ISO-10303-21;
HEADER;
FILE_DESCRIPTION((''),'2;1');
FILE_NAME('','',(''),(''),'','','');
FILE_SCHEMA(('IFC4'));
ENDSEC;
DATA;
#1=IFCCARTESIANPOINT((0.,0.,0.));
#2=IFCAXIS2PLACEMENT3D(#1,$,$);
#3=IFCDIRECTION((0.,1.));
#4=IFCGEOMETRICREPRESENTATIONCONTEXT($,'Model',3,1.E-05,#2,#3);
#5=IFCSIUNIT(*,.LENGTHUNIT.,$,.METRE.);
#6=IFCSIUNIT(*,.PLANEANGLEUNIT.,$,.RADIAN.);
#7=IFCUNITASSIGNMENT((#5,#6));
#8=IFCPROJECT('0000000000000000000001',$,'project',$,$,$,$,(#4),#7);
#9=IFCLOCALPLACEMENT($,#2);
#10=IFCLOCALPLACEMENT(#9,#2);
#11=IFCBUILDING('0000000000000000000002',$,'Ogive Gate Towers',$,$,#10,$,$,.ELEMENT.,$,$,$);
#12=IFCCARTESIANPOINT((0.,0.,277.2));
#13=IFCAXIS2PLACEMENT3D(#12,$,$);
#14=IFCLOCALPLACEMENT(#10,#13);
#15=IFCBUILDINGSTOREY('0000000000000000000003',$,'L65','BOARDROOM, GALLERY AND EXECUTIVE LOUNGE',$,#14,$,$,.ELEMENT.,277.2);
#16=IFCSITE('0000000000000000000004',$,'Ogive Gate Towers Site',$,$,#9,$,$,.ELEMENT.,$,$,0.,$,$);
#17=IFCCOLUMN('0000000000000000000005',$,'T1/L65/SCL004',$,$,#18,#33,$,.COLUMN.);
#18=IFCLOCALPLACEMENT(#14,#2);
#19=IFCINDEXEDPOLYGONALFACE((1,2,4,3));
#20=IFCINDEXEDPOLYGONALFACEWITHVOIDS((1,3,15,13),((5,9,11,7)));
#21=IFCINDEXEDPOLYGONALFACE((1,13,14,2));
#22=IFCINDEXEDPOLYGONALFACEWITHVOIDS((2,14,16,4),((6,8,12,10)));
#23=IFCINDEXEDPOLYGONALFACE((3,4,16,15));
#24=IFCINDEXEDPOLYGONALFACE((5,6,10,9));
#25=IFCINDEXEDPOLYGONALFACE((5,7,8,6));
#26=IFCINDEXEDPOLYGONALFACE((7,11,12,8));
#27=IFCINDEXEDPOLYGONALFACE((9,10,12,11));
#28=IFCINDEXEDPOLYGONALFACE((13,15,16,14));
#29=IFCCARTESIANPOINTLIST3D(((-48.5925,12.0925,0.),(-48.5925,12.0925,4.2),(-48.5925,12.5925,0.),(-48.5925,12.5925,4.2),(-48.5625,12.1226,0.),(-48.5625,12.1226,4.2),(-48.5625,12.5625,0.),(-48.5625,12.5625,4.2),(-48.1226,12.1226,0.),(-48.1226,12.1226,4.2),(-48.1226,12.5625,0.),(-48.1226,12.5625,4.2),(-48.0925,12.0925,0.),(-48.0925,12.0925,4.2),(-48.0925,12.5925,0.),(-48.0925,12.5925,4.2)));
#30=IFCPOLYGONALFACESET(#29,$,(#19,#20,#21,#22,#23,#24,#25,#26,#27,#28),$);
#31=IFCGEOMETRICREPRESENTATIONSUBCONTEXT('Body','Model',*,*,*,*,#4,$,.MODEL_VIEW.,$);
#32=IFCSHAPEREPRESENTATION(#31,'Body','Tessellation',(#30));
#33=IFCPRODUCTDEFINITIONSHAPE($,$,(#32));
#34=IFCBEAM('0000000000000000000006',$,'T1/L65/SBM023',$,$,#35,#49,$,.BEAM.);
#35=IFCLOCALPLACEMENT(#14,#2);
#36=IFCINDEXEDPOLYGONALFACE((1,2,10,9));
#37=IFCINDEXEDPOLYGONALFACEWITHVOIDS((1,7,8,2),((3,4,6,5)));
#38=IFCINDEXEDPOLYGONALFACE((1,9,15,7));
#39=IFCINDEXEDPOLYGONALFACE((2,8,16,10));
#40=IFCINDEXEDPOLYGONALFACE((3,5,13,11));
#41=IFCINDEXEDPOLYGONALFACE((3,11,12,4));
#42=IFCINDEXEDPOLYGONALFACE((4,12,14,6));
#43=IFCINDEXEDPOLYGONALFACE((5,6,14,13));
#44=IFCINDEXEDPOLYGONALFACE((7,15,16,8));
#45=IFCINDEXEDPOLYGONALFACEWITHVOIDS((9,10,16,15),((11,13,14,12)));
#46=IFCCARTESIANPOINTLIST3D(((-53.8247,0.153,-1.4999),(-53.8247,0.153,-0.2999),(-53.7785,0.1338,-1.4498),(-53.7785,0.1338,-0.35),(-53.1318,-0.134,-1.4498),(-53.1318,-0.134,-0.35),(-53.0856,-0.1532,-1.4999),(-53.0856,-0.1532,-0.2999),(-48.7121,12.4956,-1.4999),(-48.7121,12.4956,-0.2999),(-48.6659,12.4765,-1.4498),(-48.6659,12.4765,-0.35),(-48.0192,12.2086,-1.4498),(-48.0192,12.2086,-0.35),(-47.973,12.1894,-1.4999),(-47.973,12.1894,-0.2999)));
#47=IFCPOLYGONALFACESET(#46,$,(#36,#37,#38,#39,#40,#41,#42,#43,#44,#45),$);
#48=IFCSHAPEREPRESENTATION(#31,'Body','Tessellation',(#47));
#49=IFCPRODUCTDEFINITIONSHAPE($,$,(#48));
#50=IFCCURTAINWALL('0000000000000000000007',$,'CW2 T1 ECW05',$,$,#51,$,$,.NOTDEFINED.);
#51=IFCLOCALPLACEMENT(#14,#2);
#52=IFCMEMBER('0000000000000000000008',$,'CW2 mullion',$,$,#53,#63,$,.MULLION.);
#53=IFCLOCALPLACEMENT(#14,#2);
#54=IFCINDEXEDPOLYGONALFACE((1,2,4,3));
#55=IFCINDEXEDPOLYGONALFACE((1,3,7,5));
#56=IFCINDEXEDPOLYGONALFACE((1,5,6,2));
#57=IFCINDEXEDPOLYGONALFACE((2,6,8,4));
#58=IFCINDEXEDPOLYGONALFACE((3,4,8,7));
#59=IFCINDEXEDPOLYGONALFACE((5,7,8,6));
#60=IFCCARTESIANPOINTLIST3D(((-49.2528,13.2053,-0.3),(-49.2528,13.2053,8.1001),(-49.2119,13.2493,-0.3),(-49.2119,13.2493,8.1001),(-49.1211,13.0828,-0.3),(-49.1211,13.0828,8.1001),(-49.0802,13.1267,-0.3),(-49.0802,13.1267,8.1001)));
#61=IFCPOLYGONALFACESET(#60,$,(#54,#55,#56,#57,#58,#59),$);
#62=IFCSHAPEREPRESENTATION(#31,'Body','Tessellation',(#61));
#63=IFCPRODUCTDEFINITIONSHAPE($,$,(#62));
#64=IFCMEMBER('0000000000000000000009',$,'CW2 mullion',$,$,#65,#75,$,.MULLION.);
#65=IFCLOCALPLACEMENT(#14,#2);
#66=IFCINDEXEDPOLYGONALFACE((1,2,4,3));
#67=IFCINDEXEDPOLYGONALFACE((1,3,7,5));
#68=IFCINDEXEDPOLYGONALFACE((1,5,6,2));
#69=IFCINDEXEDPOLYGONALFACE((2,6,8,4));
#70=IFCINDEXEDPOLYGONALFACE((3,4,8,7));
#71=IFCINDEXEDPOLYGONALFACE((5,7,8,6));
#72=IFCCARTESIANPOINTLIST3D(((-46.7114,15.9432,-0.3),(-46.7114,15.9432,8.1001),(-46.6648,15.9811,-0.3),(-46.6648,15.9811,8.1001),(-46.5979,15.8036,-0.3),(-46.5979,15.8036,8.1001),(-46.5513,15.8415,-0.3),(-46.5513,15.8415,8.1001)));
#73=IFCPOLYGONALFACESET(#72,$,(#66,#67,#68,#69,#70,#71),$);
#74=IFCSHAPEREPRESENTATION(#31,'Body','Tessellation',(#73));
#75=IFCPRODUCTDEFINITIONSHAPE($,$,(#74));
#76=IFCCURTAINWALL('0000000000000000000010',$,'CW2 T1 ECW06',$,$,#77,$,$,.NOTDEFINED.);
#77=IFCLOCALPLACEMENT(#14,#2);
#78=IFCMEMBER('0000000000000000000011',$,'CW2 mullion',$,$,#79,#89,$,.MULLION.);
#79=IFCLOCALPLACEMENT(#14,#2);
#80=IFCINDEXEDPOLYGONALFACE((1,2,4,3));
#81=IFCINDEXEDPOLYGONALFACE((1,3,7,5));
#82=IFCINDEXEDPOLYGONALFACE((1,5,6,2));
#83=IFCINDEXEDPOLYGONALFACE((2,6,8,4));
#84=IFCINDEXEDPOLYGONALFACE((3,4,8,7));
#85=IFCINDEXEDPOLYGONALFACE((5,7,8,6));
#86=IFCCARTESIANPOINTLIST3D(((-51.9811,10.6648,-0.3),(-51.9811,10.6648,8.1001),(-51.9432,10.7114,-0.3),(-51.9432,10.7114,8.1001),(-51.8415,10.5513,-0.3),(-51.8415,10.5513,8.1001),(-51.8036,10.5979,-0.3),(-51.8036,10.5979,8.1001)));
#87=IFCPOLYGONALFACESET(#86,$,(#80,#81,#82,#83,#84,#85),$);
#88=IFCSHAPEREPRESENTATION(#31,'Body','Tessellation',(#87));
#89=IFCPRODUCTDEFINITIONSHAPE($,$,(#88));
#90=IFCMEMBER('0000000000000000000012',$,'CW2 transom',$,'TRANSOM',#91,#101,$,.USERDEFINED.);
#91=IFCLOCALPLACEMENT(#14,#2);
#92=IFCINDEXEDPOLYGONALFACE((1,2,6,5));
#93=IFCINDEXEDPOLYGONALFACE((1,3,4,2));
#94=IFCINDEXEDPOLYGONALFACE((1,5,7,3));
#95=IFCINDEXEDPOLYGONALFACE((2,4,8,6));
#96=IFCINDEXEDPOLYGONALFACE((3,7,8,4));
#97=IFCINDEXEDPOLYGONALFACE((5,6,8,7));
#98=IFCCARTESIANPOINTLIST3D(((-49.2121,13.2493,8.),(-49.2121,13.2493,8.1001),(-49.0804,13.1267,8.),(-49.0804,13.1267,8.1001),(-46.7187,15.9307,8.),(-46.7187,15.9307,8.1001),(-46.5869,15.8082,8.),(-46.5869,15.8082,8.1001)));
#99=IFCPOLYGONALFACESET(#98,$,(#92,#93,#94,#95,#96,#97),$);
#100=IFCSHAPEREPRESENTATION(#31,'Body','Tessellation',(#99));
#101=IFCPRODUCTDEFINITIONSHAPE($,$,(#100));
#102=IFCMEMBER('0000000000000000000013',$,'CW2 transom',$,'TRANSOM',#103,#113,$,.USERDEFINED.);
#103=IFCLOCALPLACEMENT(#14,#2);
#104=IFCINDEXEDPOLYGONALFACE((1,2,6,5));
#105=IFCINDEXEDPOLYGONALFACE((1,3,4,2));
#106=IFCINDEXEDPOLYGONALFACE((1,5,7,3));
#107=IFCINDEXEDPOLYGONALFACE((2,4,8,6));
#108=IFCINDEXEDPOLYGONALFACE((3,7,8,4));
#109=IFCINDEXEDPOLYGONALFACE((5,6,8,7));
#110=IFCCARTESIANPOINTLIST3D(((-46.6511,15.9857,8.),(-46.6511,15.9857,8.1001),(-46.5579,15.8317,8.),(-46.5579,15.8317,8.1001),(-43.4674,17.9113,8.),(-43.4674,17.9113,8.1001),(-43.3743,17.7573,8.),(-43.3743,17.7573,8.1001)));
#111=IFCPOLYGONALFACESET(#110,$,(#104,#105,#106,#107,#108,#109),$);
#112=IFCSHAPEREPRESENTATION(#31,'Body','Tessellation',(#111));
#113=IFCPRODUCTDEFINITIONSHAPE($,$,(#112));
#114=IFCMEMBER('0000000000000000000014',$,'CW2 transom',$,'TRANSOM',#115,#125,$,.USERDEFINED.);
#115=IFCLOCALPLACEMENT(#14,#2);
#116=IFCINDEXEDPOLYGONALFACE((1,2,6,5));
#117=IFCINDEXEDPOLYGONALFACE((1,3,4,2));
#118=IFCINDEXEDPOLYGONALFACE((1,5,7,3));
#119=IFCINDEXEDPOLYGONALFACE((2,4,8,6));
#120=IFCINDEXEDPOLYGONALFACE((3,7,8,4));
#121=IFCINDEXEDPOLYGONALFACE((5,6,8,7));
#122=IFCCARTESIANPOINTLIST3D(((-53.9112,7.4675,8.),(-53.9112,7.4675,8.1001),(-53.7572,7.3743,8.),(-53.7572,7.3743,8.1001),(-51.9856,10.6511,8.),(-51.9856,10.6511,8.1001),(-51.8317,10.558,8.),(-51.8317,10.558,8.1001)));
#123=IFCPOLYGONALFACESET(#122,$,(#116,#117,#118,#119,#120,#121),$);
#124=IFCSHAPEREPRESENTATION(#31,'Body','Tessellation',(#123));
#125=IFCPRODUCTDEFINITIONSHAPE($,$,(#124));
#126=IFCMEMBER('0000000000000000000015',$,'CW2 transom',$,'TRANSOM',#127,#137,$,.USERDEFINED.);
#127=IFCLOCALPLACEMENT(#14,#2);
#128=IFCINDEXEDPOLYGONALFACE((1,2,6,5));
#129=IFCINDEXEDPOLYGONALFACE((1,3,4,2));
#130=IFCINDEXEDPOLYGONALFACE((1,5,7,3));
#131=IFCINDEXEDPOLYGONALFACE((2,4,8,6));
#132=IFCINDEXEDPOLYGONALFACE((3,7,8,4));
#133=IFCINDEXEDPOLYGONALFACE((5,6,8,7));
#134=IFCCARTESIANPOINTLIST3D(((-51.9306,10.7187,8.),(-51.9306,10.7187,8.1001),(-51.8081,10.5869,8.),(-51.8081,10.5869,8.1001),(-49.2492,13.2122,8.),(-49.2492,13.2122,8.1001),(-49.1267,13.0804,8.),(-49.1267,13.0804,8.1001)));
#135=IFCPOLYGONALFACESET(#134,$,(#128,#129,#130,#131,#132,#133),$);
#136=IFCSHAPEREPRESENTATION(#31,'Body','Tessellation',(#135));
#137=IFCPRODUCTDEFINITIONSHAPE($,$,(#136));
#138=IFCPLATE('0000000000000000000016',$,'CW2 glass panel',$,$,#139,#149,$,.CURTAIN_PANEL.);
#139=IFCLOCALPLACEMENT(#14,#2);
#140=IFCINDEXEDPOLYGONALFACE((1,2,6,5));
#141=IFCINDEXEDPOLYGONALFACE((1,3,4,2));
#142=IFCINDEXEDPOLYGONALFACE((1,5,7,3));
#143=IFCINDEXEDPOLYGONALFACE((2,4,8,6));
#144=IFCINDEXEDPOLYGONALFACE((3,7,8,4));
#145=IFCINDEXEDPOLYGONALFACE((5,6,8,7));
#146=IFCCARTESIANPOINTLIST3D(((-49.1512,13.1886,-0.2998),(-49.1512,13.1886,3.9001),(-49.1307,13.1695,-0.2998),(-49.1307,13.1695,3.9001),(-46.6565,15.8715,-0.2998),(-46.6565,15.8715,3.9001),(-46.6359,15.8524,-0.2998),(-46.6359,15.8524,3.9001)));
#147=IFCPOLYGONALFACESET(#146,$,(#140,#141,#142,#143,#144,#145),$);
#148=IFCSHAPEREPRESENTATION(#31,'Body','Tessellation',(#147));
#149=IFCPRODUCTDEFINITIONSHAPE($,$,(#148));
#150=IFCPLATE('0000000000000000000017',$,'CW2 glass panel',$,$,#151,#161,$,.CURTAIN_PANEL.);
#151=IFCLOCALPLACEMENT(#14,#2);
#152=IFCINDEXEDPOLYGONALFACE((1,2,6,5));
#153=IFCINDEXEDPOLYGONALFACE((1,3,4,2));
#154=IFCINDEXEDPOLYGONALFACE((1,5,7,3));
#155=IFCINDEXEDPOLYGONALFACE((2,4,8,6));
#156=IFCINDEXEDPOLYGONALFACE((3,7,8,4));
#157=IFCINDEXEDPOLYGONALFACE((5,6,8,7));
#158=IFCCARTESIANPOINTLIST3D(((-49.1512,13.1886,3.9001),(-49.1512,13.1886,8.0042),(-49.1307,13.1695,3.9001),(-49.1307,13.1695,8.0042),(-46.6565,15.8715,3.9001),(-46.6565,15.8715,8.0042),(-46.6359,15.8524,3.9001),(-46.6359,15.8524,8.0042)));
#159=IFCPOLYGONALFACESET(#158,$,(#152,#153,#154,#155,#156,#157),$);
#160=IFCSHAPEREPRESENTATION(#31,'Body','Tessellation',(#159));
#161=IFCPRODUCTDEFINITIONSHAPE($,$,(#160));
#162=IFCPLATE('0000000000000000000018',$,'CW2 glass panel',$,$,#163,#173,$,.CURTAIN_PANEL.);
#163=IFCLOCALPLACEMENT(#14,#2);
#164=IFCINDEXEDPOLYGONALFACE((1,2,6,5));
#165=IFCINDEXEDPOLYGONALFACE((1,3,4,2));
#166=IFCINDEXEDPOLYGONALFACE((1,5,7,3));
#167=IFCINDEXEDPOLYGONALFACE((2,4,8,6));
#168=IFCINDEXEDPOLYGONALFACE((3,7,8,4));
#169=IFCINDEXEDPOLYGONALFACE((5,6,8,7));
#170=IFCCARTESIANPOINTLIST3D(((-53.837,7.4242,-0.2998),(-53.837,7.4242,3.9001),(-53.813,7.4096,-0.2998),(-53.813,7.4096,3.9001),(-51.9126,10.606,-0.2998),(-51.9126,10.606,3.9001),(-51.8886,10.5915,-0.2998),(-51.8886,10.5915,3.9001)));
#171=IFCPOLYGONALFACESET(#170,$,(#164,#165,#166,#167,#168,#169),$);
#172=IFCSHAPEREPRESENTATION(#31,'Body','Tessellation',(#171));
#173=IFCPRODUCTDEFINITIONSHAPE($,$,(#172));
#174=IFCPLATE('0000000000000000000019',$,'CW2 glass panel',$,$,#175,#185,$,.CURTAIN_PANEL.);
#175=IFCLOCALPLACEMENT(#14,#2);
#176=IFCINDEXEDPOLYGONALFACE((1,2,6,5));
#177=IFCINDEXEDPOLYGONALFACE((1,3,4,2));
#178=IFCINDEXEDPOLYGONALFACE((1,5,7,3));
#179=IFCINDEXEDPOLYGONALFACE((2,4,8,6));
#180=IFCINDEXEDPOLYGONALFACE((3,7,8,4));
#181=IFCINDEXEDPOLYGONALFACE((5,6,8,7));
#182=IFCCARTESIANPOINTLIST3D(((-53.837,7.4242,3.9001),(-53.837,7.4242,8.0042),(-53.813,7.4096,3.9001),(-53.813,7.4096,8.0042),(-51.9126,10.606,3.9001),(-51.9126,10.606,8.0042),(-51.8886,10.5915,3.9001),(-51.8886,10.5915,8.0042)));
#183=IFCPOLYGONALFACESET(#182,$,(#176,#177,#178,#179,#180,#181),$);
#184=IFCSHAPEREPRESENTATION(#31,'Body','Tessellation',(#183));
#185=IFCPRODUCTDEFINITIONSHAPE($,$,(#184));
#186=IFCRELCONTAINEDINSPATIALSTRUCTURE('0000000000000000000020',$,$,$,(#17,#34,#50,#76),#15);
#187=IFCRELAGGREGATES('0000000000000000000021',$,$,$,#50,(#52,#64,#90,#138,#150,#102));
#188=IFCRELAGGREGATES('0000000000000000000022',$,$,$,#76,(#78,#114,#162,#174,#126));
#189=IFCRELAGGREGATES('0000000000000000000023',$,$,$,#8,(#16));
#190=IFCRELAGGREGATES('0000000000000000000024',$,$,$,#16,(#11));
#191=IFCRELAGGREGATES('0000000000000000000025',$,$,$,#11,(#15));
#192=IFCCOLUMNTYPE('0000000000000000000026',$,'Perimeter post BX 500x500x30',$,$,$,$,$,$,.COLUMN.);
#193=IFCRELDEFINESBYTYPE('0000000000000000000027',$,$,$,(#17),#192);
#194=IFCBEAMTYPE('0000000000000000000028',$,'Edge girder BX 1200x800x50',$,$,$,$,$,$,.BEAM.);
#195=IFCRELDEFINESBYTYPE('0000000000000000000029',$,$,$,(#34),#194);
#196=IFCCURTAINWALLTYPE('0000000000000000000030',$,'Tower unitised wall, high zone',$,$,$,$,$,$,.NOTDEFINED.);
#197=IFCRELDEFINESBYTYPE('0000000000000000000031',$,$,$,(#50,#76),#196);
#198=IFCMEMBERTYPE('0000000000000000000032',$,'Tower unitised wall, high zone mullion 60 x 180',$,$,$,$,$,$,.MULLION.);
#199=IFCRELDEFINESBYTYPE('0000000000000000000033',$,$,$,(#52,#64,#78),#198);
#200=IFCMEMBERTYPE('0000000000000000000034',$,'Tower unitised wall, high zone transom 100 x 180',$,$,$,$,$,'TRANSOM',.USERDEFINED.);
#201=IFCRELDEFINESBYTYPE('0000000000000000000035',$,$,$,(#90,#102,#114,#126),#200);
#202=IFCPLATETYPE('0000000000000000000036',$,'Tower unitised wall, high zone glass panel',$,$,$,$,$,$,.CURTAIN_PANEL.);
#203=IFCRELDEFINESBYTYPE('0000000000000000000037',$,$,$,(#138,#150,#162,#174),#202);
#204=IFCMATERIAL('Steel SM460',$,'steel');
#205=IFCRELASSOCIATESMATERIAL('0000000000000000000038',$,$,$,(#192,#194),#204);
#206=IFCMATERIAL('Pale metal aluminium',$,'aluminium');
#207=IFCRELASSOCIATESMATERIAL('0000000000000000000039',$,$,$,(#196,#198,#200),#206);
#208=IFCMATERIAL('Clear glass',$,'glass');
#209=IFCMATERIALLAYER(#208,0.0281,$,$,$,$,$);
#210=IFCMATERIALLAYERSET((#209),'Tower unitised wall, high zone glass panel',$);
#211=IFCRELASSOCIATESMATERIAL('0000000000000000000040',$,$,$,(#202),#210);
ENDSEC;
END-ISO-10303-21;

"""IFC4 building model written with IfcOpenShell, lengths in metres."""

from ifc_helpers import new_model, si_unit, direction, frame, origin, origin_2d, place, context, subcontext, project, spatial, rectangle, hollow_rectangle, extrude, material, layer, layer_set, material_profile, profile_set, type_object, element, aggregate, save


model = new_model("IFC4")

# Units and contexts
model_context = context("Model", 3, precision=1e-05, world=origin(), true_north=direction((0.0, 1.0)))
body_context = subcontext(model_context, "Body", "Model", "MODEL_VIEW")
ifc_project = project(units=[si_unit("LENGTHUNIT", "METRE"), si_unit("PLANEANGLEUNIT", "RADIAN")], contexts=[model_context])

# Site, building, storey
site_placement = place(None, origin())
site = spatial("IfcSite", under=ifc_project, at=site_placement, Name="Ogive Gate Towers Site", CompositionType="ELEMENT", RefElevation=0.0)
building_placement = place(site_placement, origin())
building = spatial("IfcBuilding", under=site, at=building_placement, Name="Ogive Gate Towers", CompositionType="ELEMENT")
storey_placement = place(building_placement, frame((0.0, 0.0, 277.2)))
storey = spatial("IfcBuildingStorey", under=building, at=storey_placement, Name="L65", Description="BOARDROOM, GALLERY AND EXECUTIVE LOUNGE", CompositionType="ELEMENT", Elevation=277.2)

# Column
ifc_material_1 = material(Name="Steel SM460", Category="steel")
ifc_material_profile_1 = material_profile(ifc_material_1, hollow_rectangle(XDim=0.5, YDim=0.5, WallThickness=0.03, at=origin_2d()), Name="BX 500x500x30")
ifc_profile_set_1 = profile_set([ifc_material_profile_1], Name="Steel SM460")
column_type = type_object("IfcColumnType", Name="Perimeter post BX 500x500x30", PredefinedType="COLUMN", material=ifc_profile_set_1)
column_placement = place(storey_placement, frame((-48.3425, 12.3425, 0.0), z_axis=(0.0, 0.0, 1.0), x_axis=(1.0, 0.0, 0.0)))
element("IfcColumn", 1, at=column_placement, inside=storey, type_object=column_type, Name="T1/L65/SCL004", PredefinedType="COLUMN", context=body_context, shape_type="SweptSolid", body=[
    extrude(hollow_rectangle(XDim=0.5, YDim=0.5, WallThickness=0.03, at=origin_2d()), origin(), (0.0, 0.0, 1.0), 4.2),
])

# Beam
ifc_material_profile_2 = material_profile(ifc_material_1, hollow_rectangle(XDim=0.8, YDim=1.2, WallThickness=0.05, at=origin_2d()), Name="BX 1200x800x50")
ifc_profile_set_2 = profile_set([ifc_material_profile_2], Name="Steel SM460")
beam_type = type_object("IfcBeamType", Name="Edge girder BX 1200x800x50", PredefinedType="BEAM", material=ifc_profile_set_2)
beam_placement = place(storey_placement, frame((-48.3425, 12.3425, -0.8999), z_axis=(-0.38269, -0.923877, 0.0), x_axis=(0.923877, -0.38269, 0.0)))
element("IfcBeam", 2, at=beam_placement, inside=storey, type_object=beam_type, Name="T1/L65/SBM023", PredefinedType="BEAM", context=body_context, shape_type="SweptSolid", body=[
    extrude(hollow_rectangle(XDim=0.8, YDim=1.2, WallThickness=0.05, at=origin_2d()), origin(), (0.0, 0.0, 1.0), 13.3596),
])

# Curtain wall, members
ifc_material_2 = material(Name="Pale metal aluminium", Category="aluminium")
curtain_wall_type = type_object("IfcCurtainWallType", Name="Tower unitised wall, high zone", PredefinedType="NOTDEFINED", material=ifc_material_2)
curtain_wall_1_placement = place(storey_placement, origin())
curtain_wall_1 = element("IfcCurtainWall", 3, at=curtain_wall_1_placement, inside=storey, type_object=curtain_wall_type, Name="CW2 T1 ECW05", PredefinedType="NOTDEFINED")
ifc_material_profile_3 = material_profile(ifc_material_2, rectangle(XDim=0.1799, YDim=0.0601, at=origin_2d()), Name="60 x 180 aluminium box")
ifc_profile_set_3 = profile_set([ifc_material_profile_3], Name="Pale metal aluminium")
member_type_1 = type_object("IfcMemberType", Name="Tower unitised wall, high zone mullion 60 x 180", PredefinedType="MULLION", material=ifc_profile_set_3)
member_1_placement = place(storey_placement, frame((-49.1665, 13.166, -0.3), z_axis=(0.0, 0.0, 1.0), x_axis=(0.732317, -0.680964, 0.0)))
member_1 = element("IfcMember", 4, at=member_1_placement, type_object=member_type_1, Name="CW2 mullion", PredefinedType="MULLION", context=body_context, shape_type="SweptSolid", body=[
    extrude(rectangle(XDim=0.1799, YDim=0.0601, at=origin_2d()), origin(), (0.0, 0.0, 1.0), 8.4001),
])
member_2_placement = place(storey_placement, frame((-46.6313, 15.8923, -0.3), z_axis=(0.0, 0.0, 1.0), x_axis=(0.631001, -0.775782, 0.0)))
member_2 = element("IfcMember", 5, at=member_2_placement, type_object=member_type_1, Name="CW2 mullion", PredefinedType="MULLION", context=body_context, shape_type="SweptSolid", body=[
    extrude(rectangle(XDim=0.1799, YDim=0.0601, at=origin_2d()), origin(), (0.0, 0.0, 1.0), 8.4001),
])

# Curtain wall, member
curtain_wall_2_placement = place(storey_placement, origin())
curtain_wall_2 = element("IfcCurtainWall", 6, at=curtain_wall_2_placement, inside=storey, type_object=curtain_wall_type, Name="CW2 T1 ECW06", PredefinedType="NOTDEFINED")
member_3_placement = place(storey_placement, frame((-51.8923, 10.6313, -0.3), z_axis=(0.0, 0.0, 1.0), x_axis=(0.775782, -0.631001, 0.0)))
member_3 = element("IfcMember", 7, at=member_3_placement, type_object=member_type_1, Name="CW2 mullion", PredefinedType="MULLION", context=body_context, shape_type="SweptSolid", body=[
    extrude(rectangle(XDim=0.1799, YDim=0.0601, at=origin_2d()), origin(), (0.0, 0.0, 1.0), 8.4001),
])

# Members
ifc_material_profile_4 = material_profile(ifc_material_2, rectangle(XDim=0.1799, YDim=0.1001, at=origin_2d()), Name="100 x 180 aluminium box")
ifc_profile_set_4 = profile_set([ifc_material_profile_4], Name="Pale metal aluminium")
member_type_2 = type_object("IfcMemberType", Name="Tower unitised wall, high zone transom 100 x 180", ElementType="TRANSOM", PredefinedType="USERDEFINED", material=ifc_profile_set_4)
member_4_placement = place(storey_placement, frame((-49.1462, 13.188, 8.05), z_axis=(0.68097, 0.732311, 0.0), x_axis=(-0.732311, 0.68097, 0.0)))
member_4 = element("IfcMember", 8, at=member_4_placement, type_object=member_type_2, Name="CW2 transom", ObjectType="TRANSOM", PredefinedType="USERDEFINED", context=body_context, shape_type="SweptSolid", body=[
    extrude(rectangle(XDim=0.1799, YDim=0.1001, at=origin_2d()), origin(), (0.0, 0.0, 1.0), 3.6616),
])
member_5_placement = place(storey_placement, frame((-46.6045, 15.9087, 8.05), z_axis=(0.855664, 0.517532, 0.0), x_axis=(-0.517532, 0.855664, 0.0)))
member_5 = element("IfcMember", 9, at=member_5_placement, type_object=member_type_2, Name="CW2 transom", ObjectType="TRANSOM", PredefinedType="USERDEFINED", context=body_context, shape_type="SweptSolid", body=[
    extrude(rectangle(XDim=0.1799, YDim=0.1001, at=origin_2d()), origin(), (0.0, 0.0, 1.0), 3.7207),
])
member_6_placement = place(storey_placement, frame((-53.8342, 7.4209, 8.05), z_axis=(0.517532, 0.855664, 0.0), x_axis=(-0.855664, 0.517532, 0.0)))
member_6 = element("IfcMember", 10, at=member_6_placement, type_object=member_type_2, Name="CW2 transom", ObjectType="TRANSOM", PredefinedType="USERDEFINED", context=body_context, shape_type="SweptSolid", body=[
    extrude(rectangle(XDim=0.1799, YDim=0.1001, at=origin_2d()), origin(), (0.0, 0.0, 1.0), 3.7207),
])
member_7_placement = place(storey_placement, frame((-51.8694, 10.6528, 8.05), z_axis=(0.732311, 0.68097, 0.0), x_axis=(-0.68097, 0.732311, 0.0)))
member_7 = element("IfcMember", 11, at=member_7_placement, type_object=member_type_2, Name="CW2 transom", ObjectType="TRANSOM", PredefinedType="USERDEFINED", context=body_context, shape_type="SweptSolid", body=[
    extrude(rectangle(XDim=0.1799, YDim=0.1001, at=origin_2d()), origin(), (0.0, 0.0, 1.0), 3.6616),
])

# Plates
ifc_material_3 = material(Name="Clear glass", Category="glass")
ifc_layer_1 = layer(ifc_material_3, 0.0281)
ifc_layer_set_1 = layer_set([ifc_layer_1], Name="Tower unitised wall, high zone glass panel")
plate_type = type_object("IfcPlateType", Name="Tower unitised wall, high zone glass panel", PredefinedType="CURTAIN_PANEL", material=ifc_layer_set_1)
plate_1_placement = place(storey_placement, frame((-47.8936, 14.5205, -0.2998), z_axis=(0.0, 0.0, 1.0), x_axis=(0.680964, 0.732317, 0.0)))
plate_1 = element("IfcPlate", 12, at=plate_1_placement, type_object=plate_type, Name="CW2 glass panel", PredefinedType="CURTAIN_PANEL", context=body_context, shape_type="SweptSolid", body=[
    extrude(rectangle(XDim=3.6636, YDim=0.0281, at=origin_2d()), origin(), (0.0, 0.0, 1.0), 4.2),
])
plate_2_placement = place(storey_placement, frame((-47.8936, 14.5205, 3.9001), z_axis=(0.0, 0.0, 1.0), x_axis=(0.680964, 0.732317, 0.0)))
plate_2 = element("IfcPlate", 13, at=plate_2_placement, type_object=plate_type, Name="CW2 glass panel", PredefinedType="CURTAIN_PANEL", context=body_context, shape_type="SweptSolid", body=[
    extrude(rectangle(XDim=3.6636, YDim=0.0281, at=origin_2d()), origin(), (0.0, 0.0, 1.0), 4.104),
])
aggregate(curtain_wall_1, [member_1, member_2, member_4, plate_1, plate_2, member_5])
plate_3_placement = place(storey_placement, frame((-52.8628, 9.0078, -0.2998), z_axis=(0.0, 0.0, 1.0), x_axis=(0.517519, 0.855672, 0.0)))
plate_3 = element("IfcPlate", 14, at=plate_3_placement, type_object=plate_type, Name="CW2 glass panel", PredefinedType="CURTAIN_PANEL", context=body_context, shape_type="SweptSolid", body=[
    extrude(rectangle(XDim=3.7185, YDim=0.0281, at=origin_2d()), origin(), (0.0, 0.0, 1.0), 4.2),
])
plate_4_placement = place(storey_placement, frame((-52.8628, 9.0078, 3.9001), z_axis=(0.0, 0.0, 1.0), x_axis=(0.517519, 0.855672, 0.0)))
plate_4 = element("IfcPlate", 15, at=plate_4_placement, type_object=plate_type, Name="CW2 glass panel", PredefinedType="CURTAIN_PANEL", context=body_context, shape_type="SweptSolid", body=[
    extrude(rectangle(XDim=3.7185, YDim=0.0281, at=origin_2d()), origin(), (0.0, 0.0, 1.0), 4.104),
])
aggregate(curtain_wall_2, [member_3, member_6, plate_3, plate_4, member_7])

save(model, "model.ifc")
